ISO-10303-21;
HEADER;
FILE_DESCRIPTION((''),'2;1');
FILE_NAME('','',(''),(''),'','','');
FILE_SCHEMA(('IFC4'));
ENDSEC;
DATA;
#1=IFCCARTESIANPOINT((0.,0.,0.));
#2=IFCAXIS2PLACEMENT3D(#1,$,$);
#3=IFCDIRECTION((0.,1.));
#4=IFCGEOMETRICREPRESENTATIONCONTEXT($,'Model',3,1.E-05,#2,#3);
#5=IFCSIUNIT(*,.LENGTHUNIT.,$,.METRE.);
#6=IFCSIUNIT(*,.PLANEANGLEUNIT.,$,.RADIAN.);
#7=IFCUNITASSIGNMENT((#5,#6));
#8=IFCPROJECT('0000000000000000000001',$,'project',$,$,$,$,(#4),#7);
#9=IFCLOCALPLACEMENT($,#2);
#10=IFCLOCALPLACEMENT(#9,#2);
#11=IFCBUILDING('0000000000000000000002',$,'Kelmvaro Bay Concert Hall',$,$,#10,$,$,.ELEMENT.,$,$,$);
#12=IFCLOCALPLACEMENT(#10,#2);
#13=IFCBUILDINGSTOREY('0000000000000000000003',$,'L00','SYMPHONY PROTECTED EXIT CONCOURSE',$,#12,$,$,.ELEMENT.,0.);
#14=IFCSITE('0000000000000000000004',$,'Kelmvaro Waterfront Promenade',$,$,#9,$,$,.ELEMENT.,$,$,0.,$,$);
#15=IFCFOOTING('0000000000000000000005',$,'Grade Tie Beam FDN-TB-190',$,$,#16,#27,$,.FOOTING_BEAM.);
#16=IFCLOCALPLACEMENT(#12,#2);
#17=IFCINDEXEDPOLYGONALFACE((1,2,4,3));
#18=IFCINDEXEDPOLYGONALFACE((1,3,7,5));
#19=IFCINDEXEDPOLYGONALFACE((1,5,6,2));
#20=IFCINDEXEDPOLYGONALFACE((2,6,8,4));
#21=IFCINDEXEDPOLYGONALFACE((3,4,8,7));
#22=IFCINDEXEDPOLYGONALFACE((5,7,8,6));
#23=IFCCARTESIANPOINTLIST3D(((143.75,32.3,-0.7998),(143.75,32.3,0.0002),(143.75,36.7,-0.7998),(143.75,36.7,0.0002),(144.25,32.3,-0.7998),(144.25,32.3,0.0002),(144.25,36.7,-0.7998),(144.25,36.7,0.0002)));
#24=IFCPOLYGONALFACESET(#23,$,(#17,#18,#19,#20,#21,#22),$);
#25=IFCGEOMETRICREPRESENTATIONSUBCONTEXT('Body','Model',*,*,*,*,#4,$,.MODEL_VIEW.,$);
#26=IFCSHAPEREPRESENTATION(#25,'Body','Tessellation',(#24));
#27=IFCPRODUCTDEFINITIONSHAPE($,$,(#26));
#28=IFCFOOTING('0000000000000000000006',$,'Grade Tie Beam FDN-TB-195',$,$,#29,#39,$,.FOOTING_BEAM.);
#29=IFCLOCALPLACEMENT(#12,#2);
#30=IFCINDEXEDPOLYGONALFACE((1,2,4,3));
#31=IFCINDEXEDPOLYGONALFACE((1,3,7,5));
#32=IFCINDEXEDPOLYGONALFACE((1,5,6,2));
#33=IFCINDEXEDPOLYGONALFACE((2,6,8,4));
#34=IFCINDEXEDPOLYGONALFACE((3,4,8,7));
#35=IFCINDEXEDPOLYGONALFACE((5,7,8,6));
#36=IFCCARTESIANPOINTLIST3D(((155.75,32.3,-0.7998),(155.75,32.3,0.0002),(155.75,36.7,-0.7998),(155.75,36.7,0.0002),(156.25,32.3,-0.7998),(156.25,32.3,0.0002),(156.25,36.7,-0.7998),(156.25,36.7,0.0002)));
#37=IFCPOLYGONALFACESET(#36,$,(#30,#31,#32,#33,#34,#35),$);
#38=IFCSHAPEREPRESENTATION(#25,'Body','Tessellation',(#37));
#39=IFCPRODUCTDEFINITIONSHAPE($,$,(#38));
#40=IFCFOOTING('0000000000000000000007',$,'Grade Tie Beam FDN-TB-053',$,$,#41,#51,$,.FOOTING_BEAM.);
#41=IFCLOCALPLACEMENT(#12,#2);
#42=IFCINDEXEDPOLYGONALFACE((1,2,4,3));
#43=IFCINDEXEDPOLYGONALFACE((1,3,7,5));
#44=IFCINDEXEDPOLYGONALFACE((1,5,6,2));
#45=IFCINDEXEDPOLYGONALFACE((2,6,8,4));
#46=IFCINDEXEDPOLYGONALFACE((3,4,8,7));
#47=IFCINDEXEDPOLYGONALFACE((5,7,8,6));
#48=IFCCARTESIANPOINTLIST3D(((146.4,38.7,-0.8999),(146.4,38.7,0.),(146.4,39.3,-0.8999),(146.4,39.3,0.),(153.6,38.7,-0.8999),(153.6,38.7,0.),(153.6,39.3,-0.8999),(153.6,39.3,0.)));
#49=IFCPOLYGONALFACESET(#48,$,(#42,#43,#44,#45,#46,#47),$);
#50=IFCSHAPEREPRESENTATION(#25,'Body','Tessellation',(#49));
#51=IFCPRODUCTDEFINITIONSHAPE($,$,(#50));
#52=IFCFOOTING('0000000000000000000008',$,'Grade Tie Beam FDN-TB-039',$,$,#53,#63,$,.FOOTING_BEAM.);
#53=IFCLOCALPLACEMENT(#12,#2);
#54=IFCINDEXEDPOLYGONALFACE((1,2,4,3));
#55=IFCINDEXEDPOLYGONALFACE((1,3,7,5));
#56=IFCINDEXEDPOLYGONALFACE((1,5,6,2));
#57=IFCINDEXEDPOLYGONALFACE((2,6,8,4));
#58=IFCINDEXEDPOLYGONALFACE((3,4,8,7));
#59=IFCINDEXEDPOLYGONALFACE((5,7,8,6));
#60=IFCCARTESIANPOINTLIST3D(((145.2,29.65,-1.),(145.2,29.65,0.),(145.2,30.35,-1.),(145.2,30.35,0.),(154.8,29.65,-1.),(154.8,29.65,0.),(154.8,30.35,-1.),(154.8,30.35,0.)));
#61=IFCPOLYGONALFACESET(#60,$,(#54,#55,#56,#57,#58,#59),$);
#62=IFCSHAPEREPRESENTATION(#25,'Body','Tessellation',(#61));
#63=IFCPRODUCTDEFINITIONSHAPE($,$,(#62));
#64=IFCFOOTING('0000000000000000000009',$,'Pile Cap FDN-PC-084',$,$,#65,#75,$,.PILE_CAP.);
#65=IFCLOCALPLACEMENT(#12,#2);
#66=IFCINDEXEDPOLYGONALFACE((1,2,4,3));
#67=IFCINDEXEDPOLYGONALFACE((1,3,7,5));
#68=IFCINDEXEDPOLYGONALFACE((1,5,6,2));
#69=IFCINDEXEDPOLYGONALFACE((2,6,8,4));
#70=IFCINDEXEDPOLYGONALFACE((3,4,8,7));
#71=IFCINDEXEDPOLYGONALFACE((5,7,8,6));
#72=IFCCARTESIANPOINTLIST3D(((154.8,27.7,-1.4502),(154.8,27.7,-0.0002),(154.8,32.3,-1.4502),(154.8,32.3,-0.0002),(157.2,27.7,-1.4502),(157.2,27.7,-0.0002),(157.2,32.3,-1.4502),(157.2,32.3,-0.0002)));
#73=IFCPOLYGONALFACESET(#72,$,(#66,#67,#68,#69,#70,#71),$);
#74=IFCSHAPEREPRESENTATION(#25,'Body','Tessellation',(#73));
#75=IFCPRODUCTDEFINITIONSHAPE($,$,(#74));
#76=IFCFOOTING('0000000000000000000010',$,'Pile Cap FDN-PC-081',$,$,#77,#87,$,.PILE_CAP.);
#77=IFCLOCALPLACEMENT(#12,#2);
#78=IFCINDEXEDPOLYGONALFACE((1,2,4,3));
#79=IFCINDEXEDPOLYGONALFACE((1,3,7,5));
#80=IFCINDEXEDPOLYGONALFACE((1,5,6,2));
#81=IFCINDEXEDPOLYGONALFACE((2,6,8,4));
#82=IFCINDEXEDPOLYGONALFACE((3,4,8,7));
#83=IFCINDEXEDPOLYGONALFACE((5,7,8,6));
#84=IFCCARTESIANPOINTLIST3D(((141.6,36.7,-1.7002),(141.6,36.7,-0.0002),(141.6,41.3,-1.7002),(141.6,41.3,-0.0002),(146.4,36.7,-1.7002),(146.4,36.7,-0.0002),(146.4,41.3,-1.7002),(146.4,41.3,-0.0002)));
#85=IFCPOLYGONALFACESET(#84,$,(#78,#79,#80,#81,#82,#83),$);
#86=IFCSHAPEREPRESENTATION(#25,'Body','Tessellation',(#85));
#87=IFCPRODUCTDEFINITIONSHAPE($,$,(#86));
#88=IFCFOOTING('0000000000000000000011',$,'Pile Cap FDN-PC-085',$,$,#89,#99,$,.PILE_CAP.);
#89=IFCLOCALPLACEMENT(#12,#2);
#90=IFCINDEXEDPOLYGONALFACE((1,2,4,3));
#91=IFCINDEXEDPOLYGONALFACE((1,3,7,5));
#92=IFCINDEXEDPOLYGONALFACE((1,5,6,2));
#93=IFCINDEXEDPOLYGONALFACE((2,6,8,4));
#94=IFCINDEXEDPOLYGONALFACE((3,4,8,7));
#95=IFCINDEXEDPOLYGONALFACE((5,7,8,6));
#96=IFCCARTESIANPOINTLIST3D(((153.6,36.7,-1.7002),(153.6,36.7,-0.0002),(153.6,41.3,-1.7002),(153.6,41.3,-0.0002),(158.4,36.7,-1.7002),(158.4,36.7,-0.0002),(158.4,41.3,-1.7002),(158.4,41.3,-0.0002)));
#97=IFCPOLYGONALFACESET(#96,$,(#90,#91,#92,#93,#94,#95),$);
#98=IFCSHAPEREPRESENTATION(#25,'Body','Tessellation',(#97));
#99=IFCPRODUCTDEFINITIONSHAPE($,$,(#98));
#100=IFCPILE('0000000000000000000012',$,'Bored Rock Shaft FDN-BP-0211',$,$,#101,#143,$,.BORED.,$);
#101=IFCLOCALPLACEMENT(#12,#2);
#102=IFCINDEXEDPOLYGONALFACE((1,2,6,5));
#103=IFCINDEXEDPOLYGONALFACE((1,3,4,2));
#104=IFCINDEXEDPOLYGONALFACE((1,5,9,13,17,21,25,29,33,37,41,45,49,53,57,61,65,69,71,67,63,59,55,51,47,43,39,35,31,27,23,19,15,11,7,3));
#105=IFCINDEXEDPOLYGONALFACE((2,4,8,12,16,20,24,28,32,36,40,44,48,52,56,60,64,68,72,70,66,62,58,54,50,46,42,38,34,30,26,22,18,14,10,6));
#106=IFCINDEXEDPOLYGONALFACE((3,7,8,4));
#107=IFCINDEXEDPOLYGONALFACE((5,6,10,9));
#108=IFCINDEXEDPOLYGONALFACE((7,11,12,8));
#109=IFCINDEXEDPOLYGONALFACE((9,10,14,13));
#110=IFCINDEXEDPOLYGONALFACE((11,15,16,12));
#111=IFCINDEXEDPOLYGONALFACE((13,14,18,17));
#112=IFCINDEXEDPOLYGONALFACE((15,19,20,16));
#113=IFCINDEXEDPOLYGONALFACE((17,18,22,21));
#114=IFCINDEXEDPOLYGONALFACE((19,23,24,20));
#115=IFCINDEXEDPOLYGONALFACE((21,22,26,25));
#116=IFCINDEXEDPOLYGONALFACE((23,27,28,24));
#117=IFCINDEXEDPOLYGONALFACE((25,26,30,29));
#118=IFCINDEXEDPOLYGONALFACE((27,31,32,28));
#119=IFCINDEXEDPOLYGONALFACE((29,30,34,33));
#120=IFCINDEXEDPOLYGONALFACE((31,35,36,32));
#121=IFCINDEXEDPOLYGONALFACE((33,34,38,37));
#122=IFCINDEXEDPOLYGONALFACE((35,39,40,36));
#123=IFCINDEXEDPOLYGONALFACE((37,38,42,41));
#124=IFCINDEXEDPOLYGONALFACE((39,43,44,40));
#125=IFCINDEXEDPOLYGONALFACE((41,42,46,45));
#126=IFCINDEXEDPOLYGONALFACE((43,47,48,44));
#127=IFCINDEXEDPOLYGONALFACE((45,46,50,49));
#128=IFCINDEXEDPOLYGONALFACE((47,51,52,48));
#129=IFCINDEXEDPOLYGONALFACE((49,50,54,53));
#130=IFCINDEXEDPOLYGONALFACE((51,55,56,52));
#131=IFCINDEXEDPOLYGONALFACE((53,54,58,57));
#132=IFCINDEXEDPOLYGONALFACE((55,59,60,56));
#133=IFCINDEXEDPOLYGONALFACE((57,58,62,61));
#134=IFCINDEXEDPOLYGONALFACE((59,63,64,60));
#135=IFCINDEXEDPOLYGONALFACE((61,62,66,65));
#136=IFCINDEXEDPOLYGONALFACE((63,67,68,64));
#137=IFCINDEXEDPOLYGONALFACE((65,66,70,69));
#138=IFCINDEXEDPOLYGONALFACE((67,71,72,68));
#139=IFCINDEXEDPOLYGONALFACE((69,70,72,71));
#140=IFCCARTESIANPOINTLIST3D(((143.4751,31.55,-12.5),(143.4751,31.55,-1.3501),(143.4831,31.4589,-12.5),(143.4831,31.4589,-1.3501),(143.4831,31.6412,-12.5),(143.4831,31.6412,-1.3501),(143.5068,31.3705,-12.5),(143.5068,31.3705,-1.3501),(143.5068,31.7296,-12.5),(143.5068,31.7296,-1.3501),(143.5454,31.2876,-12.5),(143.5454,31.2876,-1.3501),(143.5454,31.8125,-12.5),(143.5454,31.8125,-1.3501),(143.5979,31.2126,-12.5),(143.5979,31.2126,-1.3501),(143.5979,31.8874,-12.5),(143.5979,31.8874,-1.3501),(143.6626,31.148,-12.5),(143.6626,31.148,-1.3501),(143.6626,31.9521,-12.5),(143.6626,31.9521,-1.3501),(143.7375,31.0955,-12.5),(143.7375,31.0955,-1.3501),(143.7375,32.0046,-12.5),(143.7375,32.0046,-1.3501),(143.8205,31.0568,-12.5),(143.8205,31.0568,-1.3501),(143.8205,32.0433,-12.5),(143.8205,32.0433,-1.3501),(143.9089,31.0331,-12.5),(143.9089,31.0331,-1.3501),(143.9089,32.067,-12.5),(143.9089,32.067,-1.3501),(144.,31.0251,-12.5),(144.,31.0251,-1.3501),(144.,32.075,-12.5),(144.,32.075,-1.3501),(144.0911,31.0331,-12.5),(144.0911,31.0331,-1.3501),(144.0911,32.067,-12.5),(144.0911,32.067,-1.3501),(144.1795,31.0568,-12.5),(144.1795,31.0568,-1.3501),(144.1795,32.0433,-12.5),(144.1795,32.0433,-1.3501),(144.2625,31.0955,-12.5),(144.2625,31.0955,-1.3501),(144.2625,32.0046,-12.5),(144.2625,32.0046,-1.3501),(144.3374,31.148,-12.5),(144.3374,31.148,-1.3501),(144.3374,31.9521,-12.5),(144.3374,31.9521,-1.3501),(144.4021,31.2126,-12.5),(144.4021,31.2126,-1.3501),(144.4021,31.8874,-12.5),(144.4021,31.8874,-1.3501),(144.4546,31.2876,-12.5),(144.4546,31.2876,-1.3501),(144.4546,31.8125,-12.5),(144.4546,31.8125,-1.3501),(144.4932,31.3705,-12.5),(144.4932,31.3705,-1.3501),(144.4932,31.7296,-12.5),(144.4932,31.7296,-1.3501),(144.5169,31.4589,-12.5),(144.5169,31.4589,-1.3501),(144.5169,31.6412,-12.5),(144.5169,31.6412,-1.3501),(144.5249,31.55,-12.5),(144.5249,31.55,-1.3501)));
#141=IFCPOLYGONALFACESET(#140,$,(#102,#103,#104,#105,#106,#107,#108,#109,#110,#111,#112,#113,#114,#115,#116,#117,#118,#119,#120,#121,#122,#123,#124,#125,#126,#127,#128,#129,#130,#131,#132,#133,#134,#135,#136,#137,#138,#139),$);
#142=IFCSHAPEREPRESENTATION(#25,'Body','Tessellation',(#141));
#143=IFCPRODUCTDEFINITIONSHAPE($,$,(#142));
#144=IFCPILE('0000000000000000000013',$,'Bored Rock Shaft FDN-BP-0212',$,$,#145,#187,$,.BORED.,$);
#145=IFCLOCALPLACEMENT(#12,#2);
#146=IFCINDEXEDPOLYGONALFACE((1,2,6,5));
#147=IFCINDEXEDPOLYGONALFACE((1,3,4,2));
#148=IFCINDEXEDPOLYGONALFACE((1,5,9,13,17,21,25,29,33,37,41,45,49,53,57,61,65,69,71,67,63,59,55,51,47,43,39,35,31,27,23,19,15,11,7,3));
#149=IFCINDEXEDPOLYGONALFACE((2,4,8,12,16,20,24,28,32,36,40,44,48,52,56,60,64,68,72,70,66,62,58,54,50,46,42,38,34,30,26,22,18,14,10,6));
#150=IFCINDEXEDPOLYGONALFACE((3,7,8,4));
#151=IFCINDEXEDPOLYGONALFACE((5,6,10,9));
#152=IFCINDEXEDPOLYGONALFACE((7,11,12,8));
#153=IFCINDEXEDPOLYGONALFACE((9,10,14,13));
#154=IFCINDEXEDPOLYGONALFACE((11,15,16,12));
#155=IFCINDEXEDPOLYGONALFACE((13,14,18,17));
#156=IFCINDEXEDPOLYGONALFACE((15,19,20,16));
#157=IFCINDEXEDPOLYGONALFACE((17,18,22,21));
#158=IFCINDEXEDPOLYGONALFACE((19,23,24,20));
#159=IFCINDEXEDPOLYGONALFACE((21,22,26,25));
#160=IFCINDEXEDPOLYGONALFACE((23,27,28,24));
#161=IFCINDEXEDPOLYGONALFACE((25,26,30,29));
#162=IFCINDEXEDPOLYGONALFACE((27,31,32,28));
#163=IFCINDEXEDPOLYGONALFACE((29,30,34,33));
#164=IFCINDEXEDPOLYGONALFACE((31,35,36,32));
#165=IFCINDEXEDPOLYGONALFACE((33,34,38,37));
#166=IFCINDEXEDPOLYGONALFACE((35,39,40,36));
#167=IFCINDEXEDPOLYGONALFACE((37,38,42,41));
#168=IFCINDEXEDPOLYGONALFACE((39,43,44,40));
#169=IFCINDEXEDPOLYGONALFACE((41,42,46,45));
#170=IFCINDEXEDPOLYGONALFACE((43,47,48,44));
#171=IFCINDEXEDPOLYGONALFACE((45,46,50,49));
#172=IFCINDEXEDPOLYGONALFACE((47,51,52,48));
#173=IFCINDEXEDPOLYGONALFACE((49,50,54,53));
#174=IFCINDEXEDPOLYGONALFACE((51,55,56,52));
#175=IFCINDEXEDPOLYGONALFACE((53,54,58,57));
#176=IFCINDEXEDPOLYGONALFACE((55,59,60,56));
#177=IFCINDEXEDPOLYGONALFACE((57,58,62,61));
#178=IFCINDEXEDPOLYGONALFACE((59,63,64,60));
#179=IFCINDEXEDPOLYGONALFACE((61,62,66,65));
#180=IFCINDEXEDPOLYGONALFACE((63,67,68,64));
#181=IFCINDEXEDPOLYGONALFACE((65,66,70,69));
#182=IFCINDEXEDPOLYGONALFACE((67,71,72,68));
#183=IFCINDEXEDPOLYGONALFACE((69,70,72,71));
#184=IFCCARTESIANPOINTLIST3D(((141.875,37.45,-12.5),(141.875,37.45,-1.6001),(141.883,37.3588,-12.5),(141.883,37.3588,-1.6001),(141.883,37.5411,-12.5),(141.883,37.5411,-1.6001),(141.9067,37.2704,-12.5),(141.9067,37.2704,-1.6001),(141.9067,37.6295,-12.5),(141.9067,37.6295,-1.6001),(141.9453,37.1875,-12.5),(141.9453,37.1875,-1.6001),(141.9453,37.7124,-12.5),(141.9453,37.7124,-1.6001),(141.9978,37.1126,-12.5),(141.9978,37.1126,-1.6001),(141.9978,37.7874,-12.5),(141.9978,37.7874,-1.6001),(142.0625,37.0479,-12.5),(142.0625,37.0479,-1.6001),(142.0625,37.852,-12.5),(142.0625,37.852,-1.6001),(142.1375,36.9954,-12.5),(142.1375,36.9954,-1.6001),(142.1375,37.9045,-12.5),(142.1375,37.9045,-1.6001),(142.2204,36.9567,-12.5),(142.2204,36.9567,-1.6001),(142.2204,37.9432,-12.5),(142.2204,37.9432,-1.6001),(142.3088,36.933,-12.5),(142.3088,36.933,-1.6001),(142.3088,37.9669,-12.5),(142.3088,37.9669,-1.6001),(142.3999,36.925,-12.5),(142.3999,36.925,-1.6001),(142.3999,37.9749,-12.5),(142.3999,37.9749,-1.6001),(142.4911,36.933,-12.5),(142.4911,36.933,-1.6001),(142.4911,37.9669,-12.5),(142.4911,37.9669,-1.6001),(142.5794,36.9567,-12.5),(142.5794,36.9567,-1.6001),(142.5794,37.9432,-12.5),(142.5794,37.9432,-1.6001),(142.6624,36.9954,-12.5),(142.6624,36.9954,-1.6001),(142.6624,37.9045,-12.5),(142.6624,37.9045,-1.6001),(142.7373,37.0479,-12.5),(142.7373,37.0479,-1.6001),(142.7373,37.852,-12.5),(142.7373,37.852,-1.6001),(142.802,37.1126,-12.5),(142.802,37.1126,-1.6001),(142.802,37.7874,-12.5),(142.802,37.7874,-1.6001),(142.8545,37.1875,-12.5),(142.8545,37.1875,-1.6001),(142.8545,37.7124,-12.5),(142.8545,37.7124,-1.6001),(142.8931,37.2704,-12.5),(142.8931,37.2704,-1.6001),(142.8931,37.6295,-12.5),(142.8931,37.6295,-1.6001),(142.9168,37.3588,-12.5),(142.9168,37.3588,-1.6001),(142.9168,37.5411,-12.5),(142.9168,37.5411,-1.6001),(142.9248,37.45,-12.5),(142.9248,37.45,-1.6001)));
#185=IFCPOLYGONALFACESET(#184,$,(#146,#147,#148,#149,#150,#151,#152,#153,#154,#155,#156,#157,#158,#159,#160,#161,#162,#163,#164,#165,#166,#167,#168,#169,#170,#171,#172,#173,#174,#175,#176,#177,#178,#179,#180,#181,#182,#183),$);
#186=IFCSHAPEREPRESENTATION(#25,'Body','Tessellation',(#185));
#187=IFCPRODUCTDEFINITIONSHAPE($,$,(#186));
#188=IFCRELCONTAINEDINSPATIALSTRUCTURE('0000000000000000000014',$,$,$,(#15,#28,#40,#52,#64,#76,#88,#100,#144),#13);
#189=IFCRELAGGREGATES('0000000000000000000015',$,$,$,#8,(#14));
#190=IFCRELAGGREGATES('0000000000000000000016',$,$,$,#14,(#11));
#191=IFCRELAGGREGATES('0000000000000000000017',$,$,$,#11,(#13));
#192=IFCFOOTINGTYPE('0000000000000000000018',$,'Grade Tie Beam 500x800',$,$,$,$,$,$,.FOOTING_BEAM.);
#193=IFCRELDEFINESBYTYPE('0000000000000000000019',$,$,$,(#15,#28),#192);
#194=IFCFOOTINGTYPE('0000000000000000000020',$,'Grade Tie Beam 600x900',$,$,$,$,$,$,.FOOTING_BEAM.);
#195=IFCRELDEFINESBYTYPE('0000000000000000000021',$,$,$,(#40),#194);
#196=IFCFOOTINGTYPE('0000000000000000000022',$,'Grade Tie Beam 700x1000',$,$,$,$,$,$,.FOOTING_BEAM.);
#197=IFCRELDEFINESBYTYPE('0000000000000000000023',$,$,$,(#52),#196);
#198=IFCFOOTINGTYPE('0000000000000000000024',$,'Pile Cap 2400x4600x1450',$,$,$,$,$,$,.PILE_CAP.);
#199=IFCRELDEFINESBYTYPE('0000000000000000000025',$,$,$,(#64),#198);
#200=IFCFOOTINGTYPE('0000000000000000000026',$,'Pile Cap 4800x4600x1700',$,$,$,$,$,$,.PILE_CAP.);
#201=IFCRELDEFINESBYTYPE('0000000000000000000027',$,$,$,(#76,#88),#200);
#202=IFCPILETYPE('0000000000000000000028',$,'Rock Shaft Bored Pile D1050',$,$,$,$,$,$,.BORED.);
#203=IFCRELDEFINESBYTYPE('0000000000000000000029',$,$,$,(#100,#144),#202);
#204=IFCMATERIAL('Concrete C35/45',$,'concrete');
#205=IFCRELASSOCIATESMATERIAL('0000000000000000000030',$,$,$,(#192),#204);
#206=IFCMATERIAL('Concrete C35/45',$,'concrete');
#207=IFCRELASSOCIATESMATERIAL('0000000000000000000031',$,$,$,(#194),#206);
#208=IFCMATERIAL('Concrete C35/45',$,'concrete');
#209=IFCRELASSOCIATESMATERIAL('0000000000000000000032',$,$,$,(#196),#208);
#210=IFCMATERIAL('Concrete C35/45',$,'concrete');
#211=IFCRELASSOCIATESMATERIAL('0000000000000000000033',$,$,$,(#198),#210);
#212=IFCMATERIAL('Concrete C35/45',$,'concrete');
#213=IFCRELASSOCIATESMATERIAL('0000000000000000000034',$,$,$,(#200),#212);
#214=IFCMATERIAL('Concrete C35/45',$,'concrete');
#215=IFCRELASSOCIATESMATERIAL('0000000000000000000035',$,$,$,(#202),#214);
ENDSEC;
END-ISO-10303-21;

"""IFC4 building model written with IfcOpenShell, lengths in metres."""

from ifc_helpers import new_model, si_unit, direction, frame, origin, origin_2d, place, context, subcontext, project, spatial, rectangle, circle, extrude, material, material_profile, profile_set, type_object, element, save


model = new_model("IFC4")

# Units and contexts
model_context = context("Model", 3, precision=1e-05, world=origin(), true_north=direction((0.0, 1.0)))
body_context = subcontext(model_context, "Body", "Model", "MODEL_VIEW")
ifc_project = project(units=[si_unit("LENGTHUNIT", "METRE"), si_unit("PLANEANGLEUNIT", "RADIAN")], contexts=[model_context])

# Site, building, storey
site_placement = place(None, origin())
site = spatial("IfcSite", under=ifc_project, at=site_placement, Name="Kelmvaro Waterfront Promenade", CompositionType="ELEMENT", RefElevation=0.0)
building_placement = place(site_placement, origin())
building = spatial("IfcBuilding", under=site, at=building_placement, Name="Kelmvaro Bay Concert Hall", CompositionType="ELEMENT")
storey_placement = place(building_placement, origin())
storey = spatial("IfcBuildingStorey", under=building, at=storey_placement, Name="L00", Description="SYMPHONY PROTECTED EXIT CONCOURSE", CompositionType="ELEMENT", Elevation=0.0)

# Footings
ifc_material_1 = material(Name="Concrete C35/45", Category="concrete")
footing_type_1 = type_object("IfcFootingType", Name="Grade Tie Beam 500x800", PredefinedType="FOOTING_BEAM", material=ifc_material_1)
for number, where, z_axis, x_axis, name in (
    (1, (144.0, 34.5, -0.7998), (0.0, 0.0, 1.0), (0.0, 1.0, 0.0), "Grade Tie Beam FDN-TB-190"),
    (2, (156.0, 34.5, -0.7998), (0.0, 0.0, 1.0), (0.0, 1.0, 0.0), "Grade Tie Beam FDN-TB-195"),
):
    element("IfcFooting", number, at=place(storey_placement, frame(where, z_axis=z_axis, x_axis=x_axis)), inside=storey, type_object=footing_type_1, Name=name, PredefinedType="FOOTING_BEAM", context=body_context, shape_type="SweptSolid", body=[
        extrude(rectangle(XDim=4.3999, YDim=0.5, at=origin_2d()), origin(), (0.0, 0.0, 1.0), 0.8),
    ])
ifc_material_2 = material(Name="Concrete C35/45", Category="concrete")
footing_type_2 = type_object("IfcFootingType", Name="Grade Tie Beam 600x900", PredefinedType="FOOTING_BEAM", material=ifc_material_2)
footing_1_placement = place(storey_placement, frame((150.0, 39.0, -0.8999), z_axis=(0.0, 0.0, 1.0), x_axis=(1.0, 0.0, 0.0)))
element("IfcFooting", 3, at=footing_1_placement, inside=storey, type_object=footing_type_2, Name="Grade Tie Beam FDN-TB-053", PredefinedType="FOOTING_BEAM", context=body_context, shape_type="SweptSolid", body=[
    extrude(rectangle(XDim=7.2, YDim=0.6001, at=origin_2d()), origin(), (0.0, 0.0, 1.0), 0.8999),
])
ifc_material_3 = material(Name="Concrete C35/45", Category="concrete")
footing_type_3 = type_object("IfcFootingType", Name="Grade Tie Beam 700x1000", PredefinedType="FOOTING_BEAM", material=ifc_material_3)
footing_2_placement = place(storey_placement, frame((150.0, 30.0, -1.0), z_axis=(0.0, 0.0, 1.0), x_axis=(1.0, 0.0, 0.0)))
element("IfcFooting", 4, at=footing_2_placement, inside=storey, type_object=footing_type_3, Name="Grade Tie Beam FDN-TB-039", PredefinedType="FOOTING_BEAM", context=body_context, shape_type="SweptSolid", body=[
    extrude(rectangle(XDim=9.6001, YDim=0.7, at=origin_2d()), origin(), (0.0, 0.0, 1.0), 1.0),
])
ifc_material_4 = material(Name="Concrete C35/45", Category="concrete")
footing_type_4 = type_object("IfcFootingType", Name="Pile Cap 2400x4600x1450", PredefinedType="PILE_CAP", material=ifc_material_4)
footing_3_placement = place(storey_placement, frame((156.0, 30.0, -1.4502), z_axis=(0.0, 0.0, 1.0), x_axis=(1.0, 0.0, 0.0)))
element("IfcFooting", 5, at=footing_3_placement, inside=storey, type_object=footing_type_4, Name="Pile Cap FDN-PC-084", PredefinedType="PILE_CAP", context=body_context, shape_type="SweptSolid", body=[
    extrude(rectangle(XDim=2.3999, YDim=4.6001, at=origin_2d()), origin(), (0.0, 0.0, 1.0), 1.45),
])
ifc_material_5 = material(Name="Concrete C35/45", Category="concrete")
footing_type_5 = type_object("IfcFootingType", Name="Pile Cap 4800x4600x1700", PredefinedType="PILE_CAP", material=ifc_material_5)
for number, where, z_axis, x_axis, name in (
    (6, (144.0, 39.0, -1.7002), (0.0, 0.0, 1.0), (1.0, 0.0, 0.0), "Pile Cap FDN-PC-081"),
    (7, (156.0, 39.0, -1.7002), (0.0, 0.0, 1.0), (1.0, 0.0, 0.0), "Pile Cap FDN-PC-085"),
):
    element("IfcFooting", number, at=place(storey_placement, frame(where, z_axis=z_axis, x_axis=x_axis)), inside=storey, type_object=footing_type_5, Name=name, PredefinedType="PILE_CAP", context=body_context, shape_type="SweptSolid", body=[
        extrude(rectangle(XDim=4.8, YDim=4.6001, at=origin_2d()), origin(), (0.0, 0.0, 1.0), 1.7),
    ])

# Piles
ifc_material_6 = material(Name="Concrete C35/45", Category="concrete")
ifc_material_profile_1 = material_profile(ifc_material_6, circle(Radius=0.5249, at=origin_2d()), Name="PILE-BORED-1050")
ifc_profile_set_1 = profile_set([ifc_material_profile_1], Name="Concrete C35/45")
pile_type = type_object("IfcPileType", Name="Rock Shaft Bored Pile D1050", PredefinedType="BORED", material=ifc_profile_set_1)
pile_1_placement = place(storey_placement, frame((144.0, 31.55, -1.3501), z_axis=(0.0, 0.0, -1.0), x_axis=(1.0, 0.0, 0.0)))
element("IfcPile", 8, at=pile_1_placement, inside=storey, type_object=pile_type, Name="Bored Rock Shaft FDN-BP-0211", PredefinedType="BORED", context=body_context, shape_type="SweptSolid", body=[
    extrude(circle(Radius=0.5249, at=origin_2d()), origin(), (0.0, 0.0, 1.0), 11.1499),
])
for number, where, z_axis, x_axis, name in (
    (9, (142.3999, 37.45, -1.6001), (0.0, 0.0, -1.0), (1.0, 0.0, 0.0), "Bored Rock Shaft FDN-BP-0212"),
):
    element("IfcPile", number, at=place(storey_placement, frame(where, z_axis=z_axis, x_axis=x_axis)), inside=storey, type_object=pile_type, Name=name, PredefinedType="BORED", context=body_context, shape_type="SweptSolid", body=[
        extrude(circle(Radius=0.5249, at=origin_2d()), origin(), (0.0, 0.0, 1.0), 10.8999),
    ])

save(model, "model.ifc")
